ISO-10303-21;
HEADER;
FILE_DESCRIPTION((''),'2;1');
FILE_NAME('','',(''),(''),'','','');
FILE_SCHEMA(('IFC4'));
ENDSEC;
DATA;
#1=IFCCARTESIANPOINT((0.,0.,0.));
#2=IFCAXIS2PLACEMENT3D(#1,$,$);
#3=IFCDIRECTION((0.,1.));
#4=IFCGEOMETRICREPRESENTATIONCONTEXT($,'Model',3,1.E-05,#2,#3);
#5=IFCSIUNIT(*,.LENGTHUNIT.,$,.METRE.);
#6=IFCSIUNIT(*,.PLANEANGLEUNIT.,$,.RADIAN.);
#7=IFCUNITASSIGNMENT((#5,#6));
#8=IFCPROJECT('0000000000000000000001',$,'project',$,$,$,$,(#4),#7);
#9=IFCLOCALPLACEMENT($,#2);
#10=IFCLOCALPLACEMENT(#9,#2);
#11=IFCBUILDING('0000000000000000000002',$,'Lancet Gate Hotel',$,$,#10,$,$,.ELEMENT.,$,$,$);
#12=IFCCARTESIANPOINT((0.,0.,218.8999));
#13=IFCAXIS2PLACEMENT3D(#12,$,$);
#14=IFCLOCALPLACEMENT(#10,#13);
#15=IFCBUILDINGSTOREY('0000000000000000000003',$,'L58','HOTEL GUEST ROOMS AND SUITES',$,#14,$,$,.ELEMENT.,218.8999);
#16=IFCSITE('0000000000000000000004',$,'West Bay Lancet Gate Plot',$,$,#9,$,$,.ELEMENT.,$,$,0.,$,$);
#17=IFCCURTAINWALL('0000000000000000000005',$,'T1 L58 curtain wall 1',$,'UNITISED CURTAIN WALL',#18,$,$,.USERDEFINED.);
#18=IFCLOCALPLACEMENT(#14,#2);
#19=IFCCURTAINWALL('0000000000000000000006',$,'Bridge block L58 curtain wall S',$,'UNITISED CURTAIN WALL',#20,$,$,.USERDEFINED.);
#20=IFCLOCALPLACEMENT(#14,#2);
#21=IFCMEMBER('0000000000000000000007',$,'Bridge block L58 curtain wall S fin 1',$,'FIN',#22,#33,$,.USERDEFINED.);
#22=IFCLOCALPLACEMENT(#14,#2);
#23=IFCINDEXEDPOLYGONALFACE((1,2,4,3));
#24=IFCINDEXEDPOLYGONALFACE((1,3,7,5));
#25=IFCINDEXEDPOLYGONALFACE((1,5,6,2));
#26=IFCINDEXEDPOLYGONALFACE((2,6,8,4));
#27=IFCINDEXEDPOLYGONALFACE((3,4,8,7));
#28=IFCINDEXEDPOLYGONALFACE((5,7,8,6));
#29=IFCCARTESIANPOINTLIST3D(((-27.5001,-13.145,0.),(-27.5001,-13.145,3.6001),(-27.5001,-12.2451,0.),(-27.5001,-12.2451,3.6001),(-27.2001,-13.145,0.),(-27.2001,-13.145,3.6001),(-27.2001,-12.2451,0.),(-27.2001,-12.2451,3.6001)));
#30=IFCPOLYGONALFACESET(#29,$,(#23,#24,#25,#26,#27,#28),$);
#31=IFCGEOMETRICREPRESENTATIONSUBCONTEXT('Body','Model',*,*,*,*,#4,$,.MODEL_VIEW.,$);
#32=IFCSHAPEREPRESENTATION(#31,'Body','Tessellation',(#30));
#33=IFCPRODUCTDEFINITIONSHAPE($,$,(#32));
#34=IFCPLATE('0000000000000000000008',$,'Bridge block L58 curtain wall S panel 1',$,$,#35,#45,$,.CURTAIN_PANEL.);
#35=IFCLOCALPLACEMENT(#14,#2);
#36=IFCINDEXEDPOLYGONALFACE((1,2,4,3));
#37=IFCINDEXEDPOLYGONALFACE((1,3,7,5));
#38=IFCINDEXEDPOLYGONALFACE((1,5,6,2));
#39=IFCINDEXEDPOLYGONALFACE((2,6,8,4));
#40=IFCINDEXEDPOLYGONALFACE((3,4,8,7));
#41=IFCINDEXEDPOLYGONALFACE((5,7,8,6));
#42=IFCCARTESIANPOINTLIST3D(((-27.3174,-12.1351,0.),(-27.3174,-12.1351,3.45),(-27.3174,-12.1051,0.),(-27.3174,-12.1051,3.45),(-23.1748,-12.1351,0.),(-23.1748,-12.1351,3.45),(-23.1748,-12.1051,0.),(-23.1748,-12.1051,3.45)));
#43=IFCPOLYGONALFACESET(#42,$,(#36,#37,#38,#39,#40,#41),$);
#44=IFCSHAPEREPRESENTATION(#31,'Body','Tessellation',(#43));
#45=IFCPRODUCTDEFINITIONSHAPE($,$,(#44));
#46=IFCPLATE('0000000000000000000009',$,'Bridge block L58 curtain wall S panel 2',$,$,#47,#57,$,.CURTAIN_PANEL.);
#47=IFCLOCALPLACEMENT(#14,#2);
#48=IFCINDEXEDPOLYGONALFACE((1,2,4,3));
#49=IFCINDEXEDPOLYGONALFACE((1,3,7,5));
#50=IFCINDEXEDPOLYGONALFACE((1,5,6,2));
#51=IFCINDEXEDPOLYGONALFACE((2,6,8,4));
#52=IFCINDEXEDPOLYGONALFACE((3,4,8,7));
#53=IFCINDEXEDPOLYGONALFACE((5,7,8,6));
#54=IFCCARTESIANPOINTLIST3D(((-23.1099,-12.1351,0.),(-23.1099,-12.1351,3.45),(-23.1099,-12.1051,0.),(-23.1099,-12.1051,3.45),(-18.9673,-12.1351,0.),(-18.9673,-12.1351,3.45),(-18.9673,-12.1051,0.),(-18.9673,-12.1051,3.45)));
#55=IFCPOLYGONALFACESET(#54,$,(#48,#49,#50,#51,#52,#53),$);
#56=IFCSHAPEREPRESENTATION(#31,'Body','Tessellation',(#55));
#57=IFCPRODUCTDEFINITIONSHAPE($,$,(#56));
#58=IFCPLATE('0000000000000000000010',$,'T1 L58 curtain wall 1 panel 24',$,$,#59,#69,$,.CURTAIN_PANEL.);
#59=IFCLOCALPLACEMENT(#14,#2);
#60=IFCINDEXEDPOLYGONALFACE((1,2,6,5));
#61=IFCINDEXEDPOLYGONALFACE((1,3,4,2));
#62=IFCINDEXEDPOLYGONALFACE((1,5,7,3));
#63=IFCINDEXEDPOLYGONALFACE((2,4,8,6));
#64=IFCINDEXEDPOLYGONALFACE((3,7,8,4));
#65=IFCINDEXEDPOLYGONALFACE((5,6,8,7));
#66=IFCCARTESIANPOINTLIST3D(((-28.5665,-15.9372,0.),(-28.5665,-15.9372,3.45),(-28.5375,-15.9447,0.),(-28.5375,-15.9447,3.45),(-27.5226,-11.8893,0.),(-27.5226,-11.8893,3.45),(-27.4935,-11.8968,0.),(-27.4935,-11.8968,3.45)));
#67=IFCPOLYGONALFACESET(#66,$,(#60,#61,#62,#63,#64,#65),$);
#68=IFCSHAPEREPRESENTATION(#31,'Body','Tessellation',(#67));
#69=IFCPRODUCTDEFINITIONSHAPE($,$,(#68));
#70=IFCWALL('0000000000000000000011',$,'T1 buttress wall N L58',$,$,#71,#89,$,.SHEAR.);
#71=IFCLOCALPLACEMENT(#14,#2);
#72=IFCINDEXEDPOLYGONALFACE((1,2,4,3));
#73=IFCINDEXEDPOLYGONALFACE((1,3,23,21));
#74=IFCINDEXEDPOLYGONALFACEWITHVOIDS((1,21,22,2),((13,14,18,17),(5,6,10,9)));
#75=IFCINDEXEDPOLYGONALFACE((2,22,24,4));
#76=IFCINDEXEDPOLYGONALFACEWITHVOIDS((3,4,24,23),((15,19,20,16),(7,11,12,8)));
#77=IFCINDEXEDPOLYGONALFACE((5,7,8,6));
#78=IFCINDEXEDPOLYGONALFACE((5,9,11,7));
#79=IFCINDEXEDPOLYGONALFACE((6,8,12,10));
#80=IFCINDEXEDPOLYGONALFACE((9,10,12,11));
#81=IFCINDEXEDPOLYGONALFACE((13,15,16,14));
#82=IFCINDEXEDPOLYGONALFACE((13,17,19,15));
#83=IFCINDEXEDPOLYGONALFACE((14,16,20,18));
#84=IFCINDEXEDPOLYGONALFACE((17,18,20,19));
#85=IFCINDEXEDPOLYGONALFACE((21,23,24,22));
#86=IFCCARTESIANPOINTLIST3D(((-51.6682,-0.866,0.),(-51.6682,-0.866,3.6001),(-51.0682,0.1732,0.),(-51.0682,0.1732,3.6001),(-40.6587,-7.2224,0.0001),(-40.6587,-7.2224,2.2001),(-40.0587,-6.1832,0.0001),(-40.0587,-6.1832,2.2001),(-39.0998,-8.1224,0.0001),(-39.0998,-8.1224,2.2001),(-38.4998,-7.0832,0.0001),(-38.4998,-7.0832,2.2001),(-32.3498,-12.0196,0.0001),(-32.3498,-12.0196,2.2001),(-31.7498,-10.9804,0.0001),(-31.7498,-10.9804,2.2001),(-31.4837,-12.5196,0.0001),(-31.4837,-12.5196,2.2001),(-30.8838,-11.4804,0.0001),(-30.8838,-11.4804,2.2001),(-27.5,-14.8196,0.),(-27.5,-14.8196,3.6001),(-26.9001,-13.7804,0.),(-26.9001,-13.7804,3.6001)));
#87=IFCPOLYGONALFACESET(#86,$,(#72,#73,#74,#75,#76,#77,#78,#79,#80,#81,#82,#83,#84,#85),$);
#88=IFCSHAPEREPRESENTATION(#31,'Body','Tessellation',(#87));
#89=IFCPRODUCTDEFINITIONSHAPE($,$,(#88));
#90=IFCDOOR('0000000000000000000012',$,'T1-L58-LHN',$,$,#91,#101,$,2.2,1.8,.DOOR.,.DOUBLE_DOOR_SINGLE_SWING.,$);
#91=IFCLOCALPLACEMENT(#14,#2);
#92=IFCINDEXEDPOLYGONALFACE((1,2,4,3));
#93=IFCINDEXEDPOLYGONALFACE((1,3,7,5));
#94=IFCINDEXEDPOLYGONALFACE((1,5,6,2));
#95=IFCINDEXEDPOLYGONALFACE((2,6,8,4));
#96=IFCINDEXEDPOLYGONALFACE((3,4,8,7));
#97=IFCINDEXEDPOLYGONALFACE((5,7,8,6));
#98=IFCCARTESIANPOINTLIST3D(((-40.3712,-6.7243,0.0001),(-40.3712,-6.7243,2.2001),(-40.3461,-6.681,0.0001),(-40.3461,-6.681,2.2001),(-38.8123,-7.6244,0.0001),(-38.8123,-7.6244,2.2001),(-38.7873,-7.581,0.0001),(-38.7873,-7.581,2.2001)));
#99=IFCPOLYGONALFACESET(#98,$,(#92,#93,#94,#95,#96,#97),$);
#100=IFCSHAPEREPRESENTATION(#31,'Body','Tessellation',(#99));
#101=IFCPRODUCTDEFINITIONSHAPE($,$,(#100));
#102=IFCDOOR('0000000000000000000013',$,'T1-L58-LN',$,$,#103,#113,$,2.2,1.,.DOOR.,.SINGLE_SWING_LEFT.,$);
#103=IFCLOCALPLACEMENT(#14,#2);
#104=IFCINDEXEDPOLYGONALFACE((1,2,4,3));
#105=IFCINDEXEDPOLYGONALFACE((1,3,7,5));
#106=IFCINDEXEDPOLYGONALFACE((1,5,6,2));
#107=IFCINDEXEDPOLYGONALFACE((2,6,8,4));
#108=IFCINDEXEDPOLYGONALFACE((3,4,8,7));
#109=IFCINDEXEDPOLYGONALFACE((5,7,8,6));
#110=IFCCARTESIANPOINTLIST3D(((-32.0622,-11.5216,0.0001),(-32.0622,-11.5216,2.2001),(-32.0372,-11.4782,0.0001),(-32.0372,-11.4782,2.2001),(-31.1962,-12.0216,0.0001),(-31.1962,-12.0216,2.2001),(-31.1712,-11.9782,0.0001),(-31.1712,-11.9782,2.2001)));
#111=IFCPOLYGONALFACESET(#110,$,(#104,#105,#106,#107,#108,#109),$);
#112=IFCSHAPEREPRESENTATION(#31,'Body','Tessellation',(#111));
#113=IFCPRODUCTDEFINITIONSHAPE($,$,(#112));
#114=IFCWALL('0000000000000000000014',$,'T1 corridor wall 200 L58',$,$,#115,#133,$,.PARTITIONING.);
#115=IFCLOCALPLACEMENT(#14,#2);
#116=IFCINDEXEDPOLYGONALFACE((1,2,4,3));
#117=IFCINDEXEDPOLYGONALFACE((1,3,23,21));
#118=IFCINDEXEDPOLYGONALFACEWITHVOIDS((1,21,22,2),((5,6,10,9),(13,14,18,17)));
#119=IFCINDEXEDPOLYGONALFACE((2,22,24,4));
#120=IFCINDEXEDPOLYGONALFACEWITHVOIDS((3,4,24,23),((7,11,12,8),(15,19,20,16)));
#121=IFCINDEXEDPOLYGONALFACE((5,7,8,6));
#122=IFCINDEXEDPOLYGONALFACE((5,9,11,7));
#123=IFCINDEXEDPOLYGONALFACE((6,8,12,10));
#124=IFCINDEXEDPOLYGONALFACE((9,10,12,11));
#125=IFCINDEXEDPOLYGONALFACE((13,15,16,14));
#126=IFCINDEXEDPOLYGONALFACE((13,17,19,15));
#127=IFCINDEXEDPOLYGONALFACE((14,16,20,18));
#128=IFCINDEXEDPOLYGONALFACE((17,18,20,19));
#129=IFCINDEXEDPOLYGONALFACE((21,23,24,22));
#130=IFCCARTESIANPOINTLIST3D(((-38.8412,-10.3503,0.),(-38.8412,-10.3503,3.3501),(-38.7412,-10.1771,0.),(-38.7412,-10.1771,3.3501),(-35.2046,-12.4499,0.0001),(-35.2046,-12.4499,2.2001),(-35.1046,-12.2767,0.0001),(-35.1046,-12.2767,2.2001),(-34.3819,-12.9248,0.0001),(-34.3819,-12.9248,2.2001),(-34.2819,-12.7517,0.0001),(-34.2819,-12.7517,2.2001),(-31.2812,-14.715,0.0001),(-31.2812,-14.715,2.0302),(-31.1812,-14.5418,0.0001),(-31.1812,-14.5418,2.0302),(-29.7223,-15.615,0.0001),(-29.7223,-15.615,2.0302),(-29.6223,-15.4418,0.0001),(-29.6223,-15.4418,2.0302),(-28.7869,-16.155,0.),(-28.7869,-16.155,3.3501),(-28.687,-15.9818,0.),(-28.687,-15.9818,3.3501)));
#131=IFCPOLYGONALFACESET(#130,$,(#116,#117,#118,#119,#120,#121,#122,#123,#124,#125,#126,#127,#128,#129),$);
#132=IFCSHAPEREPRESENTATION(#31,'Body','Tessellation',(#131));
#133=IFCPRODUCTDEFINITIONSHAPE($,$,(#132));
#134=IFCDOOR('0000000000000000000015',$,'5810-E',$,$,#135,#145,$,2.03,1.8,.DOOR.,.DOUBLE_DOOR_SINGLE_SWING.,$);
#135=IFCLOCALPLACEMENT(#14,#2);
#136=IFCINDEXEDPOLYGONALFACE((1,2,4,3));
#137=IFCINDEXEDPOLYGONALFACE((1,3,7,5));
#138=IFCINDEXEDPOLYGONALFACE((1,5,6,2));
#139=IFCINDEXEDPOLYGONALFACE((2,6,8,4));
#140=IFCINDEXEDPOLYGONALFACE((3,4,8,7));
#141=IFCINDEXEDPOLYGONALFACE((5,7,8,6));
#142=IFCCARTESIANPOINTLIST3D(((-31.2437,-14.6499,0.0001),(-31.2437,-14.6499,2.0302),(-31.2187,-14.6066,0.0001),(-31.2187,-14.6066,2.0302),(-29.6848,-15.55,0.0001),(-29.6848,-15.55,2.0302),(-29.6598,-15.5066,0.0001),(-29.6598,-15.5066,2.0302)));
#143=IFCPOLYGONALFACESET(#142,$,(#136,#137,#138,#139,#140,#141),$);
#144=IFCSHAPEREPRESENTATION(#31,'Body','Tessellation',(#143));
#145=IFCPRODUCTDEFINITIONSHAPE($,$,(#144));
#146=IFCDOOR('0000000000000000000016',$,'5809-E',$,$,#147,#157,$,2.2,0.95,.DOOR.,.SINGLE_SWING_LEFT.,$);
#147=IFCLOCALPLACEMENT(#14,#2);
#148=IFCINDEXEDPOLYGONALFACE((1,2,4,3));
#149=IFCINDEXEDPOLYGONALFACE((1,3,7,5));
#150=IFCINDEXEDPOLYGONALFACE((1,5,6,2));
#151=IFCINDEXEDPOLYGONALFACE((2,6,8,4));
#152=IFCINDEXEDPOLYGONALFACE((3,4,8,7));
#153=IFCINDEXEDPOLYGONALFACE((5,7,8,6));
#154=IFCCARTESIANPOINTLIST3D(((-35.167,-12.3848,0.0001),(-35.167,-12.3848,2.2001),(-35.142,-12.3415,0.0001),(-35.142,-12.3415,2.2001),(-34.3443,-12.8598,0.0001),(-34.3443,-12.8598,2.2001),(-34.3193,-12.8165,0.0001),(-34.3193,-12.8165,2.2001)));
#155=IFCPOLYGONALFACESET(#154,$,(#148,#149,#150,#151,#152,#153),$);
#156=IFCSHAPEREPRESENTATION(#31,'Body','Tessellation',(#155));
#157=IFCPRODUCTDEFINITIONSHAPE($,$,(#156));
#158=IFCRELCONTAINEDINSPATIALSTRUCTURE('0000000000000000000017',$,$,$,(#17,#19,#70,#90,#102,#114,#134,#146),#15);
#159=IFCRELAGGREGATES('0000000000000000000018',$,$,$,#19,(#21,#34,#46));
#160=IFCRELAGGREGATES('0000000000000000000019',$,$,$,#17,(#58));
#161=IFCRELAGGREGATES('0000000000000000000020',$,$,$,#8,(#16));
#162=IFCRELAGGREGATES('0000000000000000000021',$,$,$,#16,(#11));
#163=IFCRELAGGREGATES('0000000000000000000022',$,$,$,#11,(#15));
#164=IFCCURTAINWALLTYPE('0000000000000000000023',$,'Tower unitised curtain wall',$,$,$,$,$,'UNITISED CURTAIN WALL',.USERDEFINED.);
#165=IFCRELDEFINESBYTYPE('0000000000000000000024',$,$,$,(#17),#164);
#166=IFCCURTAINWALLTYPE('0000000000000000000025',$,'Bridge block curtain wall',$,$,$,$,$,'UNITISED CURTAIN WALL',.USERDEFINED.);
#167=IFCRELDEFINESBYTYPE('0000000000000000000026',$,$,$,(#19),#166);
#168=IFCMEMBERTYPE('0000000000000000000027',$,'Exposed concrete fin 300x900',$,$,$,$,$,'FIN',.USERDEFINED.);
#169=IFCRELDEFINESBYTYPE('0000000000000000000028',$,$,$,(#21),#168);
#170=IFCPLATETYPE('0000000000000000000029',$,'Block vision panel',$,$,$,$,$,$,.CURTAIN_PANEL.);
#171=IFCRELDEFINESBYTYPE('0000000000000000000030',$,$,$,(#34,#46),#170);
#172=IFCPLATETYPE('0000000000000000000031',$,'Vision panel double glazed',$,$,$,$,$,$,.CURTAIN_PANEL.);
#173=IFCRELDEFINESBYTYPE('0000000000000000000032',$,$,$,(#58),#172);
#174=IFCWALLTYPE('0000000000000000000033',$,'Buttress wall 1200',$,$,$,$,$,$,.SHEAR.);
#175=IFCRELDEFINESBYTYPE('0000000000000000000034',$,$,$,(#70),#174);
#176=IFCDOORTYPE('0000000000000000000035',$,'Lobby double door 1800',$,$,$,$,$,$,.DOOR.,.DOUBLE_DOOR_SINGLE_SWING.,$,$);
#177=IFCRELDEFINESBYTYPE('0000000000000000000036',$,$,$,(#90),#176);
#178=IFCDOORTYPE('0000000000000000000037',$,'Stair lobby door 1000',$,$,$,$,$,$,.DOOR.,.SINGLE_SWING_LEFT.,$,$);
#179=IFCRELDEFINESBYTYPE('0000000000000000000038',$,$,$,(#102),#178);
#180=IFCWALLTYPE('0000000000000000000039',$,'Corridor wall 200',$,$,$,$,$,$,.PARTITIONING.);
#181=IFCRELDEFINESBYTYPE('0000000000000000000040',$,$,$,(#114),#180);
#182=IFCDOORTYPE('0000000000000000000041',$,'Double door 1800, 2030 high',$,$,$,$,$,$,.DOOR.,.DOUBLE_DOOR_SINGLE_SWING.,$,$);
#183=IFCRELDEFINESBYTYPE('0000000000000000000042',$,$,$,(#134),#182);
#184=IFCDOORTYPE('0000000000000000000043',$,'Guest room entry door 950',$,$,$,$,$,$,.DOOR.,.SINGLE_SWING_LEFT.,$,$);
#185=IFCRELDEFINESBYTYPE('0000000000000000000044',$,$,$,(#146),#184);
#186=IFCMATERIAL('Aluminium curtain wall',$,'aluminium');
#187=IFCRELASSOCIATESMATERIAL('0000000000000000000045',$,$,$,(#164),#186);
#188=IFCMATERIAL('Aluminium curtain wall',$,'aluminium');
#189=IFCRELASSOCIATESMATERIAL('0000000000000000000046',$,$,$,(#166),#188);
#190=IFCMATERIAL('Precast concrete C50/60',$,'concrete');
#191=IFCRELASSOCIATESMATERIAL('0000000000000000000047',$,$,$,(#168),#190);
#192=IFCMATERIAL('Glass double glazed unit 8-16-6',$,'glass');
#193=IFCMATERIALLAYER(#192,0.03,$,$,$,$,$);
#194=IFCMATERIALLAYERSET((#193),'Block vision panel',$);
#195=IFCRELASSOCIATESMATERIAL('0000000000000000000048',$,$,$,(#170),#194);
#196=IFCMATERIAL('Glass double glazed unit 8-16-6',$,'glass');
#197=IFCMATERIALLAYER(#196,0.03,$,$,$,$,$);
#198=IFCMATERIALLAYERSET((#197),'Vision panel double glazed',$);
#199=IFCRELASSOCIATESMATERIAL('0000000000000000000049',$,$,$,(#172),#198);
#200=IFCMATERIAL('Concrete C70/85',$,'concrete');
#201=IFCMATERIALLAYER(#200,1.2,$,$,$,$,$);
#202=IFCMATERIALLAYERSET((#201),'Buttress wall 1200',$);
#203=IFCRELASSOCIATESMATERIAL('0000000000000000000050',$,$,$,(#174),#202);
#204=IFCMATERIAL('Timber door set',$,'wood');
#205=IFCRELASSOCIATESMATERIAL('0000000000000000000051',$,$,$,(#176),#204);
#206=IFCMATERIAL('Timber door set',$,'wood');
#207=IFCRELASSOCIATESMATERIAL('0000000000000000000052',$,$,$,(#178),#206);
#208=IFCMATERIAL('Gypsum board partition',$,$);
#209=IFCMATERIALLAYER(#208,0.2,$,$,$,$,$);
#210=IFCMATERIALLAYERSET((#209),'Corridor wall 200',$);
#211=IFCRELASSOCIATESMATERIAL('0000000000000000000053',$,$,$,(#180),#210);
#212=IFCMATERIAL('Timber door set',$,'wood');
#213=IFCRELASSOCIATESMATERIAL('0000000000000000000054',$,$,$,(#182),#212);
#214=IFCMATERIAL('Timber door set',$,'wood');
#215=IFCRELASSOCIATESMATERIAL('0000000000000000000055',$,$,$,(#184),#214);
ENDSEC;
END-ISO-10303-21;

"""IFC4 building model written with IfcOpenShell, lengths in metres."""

from ifc_helpers import new_model, si_unit, direction, frame, frame_2d, origin, origin_2d, place, context, subcontext, project, spatial, rectangle, extrude, material, layer, layer_set, material_profile, profile_set, type_object, element, fill, aggregate, save


model = new_model("IFC4")

# Units and contexts
model_context = context("Model", 3, precision=1e-05, world=origin(), true_north=direction((0.0, 1.0)))
body_context = subcontext(model_context, "Body", "Model", "MODEL_VIEW")
ifc_project = project(units=[si_unit("LENGTHUNIT", "METRE"), si_unit("PLANEANGLEUNIT", "RADIAN")], contexts=[model_context])

# Site, building, storey
site_placement = place(None, origin())
site = spatial("IfcSite", under=ifc_project, at=site_placement, Name="West Bay Lancet Gate Plot", CompositionType="ELEMENT", RefElevation=0.0)
building_placement = place(site_placement, origin())
building = spatial("IfcBuilding", under=site, at=building_placement, Name="Lancet Gate Hotel", CompositionType="ELEMENT")
storey_placement = place(building_placement, frame((0.0, 0.0, 218.8999)))
storey = spatial("IfcBuildingStorey", under=building, at=storey_placement, Name="L58", Description="HOTEL GUEST ROOMS AND SUITES", CompositionType="ELEMENT", Elevation=218.8999)

# Curtain walls
ifc_material_1 = material(Name="Aluminium curtain wall", Category="aluminium")
curtain_wall_type_1 = type_object("IfcCurtainWallType", Name="Tower unitised curtain wall", ElementType="UNITISED CURTAIN WALL", PredefinedType="USERDEFINED", material=ifc_material_1)
curtain_wall_1_placement = place(storey_placement, origin())
curtain_wall_1 = element("IfcCurtainWall", 1, at=curtain_wall_1_placement, inside=storey, type_object=curtain_wall_type_1, Name="T1 L58 curtain wall 1", ObjectType="UNITISED CURTAIN WALL", PredefinedType="USERDEFINED")
ifc_material_2 = material(Name="Aluminium curtain wall", Category="aluminium")
curtain_wall_type_2 = type_object("IfcCurtainWallType", Name="Bridge block curtain wall", ElementType="UNITISED CURTAIN WALL", PredefinedType="USERDEFINED", material=ifc_material_2)
curtain_wall_2_placement = place(storey_placement, origin())
curtain_wall_2 = element("IfcCurtainWall", 2, at=curtain_wall_2_placement, inside=storey, type_object=curtain_wall_type_2, Name="Bridge block L58 curtain wall S", ObjectType="UNITISED CURTAIN WALL", PredefinedType="USERDEFINED")

# Member
ifc_material_3 = material(Name="Precast concrete C50/60", Category="concrete")
ifc_material_profile_1 = material_profile(ifc_material_3, rectangle(XDim=0.3, YDim=0.8999, at=origin_2d()), Name="FIN 300x900")
ifc_profile_set_1 = profile_set([ifc_material_profile_1], Name="Precast concrete C50/60")
member_type_1 = type_object("IfcMemberType", Name="Exposed concrete fin 300x900", ElementType="FIN", PredefinedType="USERDEFINED", material=ifc_profile_set_1)
member_1_placement = place(storey_placement, frame((-27.3501, -12.6951, 0.0), z_axis=(0.0, 0.0, 1.0), x_axis=(1.0, 0.0, 0.0)))
member_1 = element("IfcMember", 3, at=member_1_placement, type_object=member_type_1, Name="Bridge block L58 curtain wall S fin 1", ObjectType="FIN", PredefinedType="USERDEFINED", context=body_context, shape_type="SweptSolid", body=[
    extrude(rectangle(XDim=0.3, YDim=0.8999, at=origin_2d()), origin(), (0.0, 0.0, 1.0), 3.6001),
])

# Plates
ifc_material_4 = material(Name="Glass double glazed unit 8-16-6", Category="glass")
ifc_layer_1 = layer(ifc_material_4, 0.03)
ifc_layer_set_1 = layer_set([ifc_layer_1], Name="Block vision panel")
plate_type_1 = type_object("IfcPlateType", Name="Block vision panel", PredefinedType="CURTAIN_PANEL", material=ifc_layer_set_1)
plate_1_placement = place(storey_placement, frame((-25.2461, -12.1201, 0.0), z_axis=(0.0, 0.0, 1.0), x_axis=(1.0, 0.0, 0.0)))
plate_1 = element("IfcPlate", 4, at=plate_1_placement, type_object=plate_type_1, Name="Bridge block L58 curtain wall S panel 1", PredefinedType="CURTAIN_PANEL", context=body_context, shape_type="SweptSolid", body=[
    extrude(rectangle(XDim=4.1426, YDim=0.03, at=origin_2d()), origin(), (0.0, 0.0, 1.0), 3.45),
])
plate_2_placement = place(storey_placement, frame((-21.0386, -12.1201, 0.0), z_axis=(0.0, 0.0, 1.0), x_axis=(1.0, 0.0, 0.0)))
plate_2 = element("IfcPlate", 5, at=plate_2_placement, type_object=plate_type_1, Name="Bridge block L58 curtain wall S panel 2", PredefinedType="CURTAIN_PANEL", context=body_context, shape_type="SweptSolid", body=[
    extrude(rectangle(XDim=4.1426, YDim=0.03, at=origin_2d()), origin(), (0.0, 0.0, 1.0), 3.45),
])
aggregate(curtain_wall_2, [member_1, plate_1, plate_2])
ifc_material_5 = material(Name="Glass double glazed unit 8-16-6", Category="glass")
ifc_layer_2 = layer(ifc_material_5, 0.03)
ifc_layer_set_2 = layer_set([ifc_layer_2], Name="Vision panel double glazed")
plate_type_2 = type_object("IfcPlateType", Name="Vision panel double glazed", PredefinedType="CURTAIN_PANEL", material=ifc_layer_set_2)
plate_3_placement = place(storey_placement, frame((-28.03, -13.917, 0.0), z_axis=(0.0, 0.0, 1.0), x_axis=(0.249726, 0.968317, 0.0)))
plate_3 = element("IfcPlate", 6, at=plate_3_placement, type_object=plate_type_2, Name="T1 L58 curtain wall 1 panel 24", PredefinedType="CURTAIN_PANEL", context=body_context, shape_type="SweptSolid", body=[
    extrude(rectangle(XDim=4.1804, YDim=0.03, at=origin_2d()), origin(), (0.0, 0.0, 1.0), 3.45),
])
aggregate(curtain_wall_1, [plate_3])

# Walls, openings, doors
ifc_material_6 = material(Name="Concrete C70/85", Category="concrete")
ifc_layer_3 = layer(ifc_material_6, 1.2)
ifc_layer_set_3 = layer_set([ifc_layer_3], Name="Buttress wall 1200")
wall_type_1 = type_object("IfcWallType", Name="Buttress wall 1200", PredefinedType="SHEAR", material=ifc_layer_set_3)
wall_1_placement = place(storey_placement, frame((-27.2, -14.3, 0.0), z_axis=(0.0, 0.0, 1.0), x_axis=(-0.866024, 0.500002, 0.0)))
wall_1 = element("IfcWall", 7, at=wall_1_placement, inside=storey, type_object=wall_type_1, Name="T1 buttress wall N L58", PredefinedType="SHEAR", context=body_context, shape_type="SweptSolid", body=[
    extrude(rectangle(XDim=27.907, YDim=1.2, at=frame_2d((13.9536, 0.0))), origin(), (0.0, 0.0, 1.0), 3.6001),
])
opening_1_placement = place(wall_1_placement, frame((4.6001, 0.0, 0.0)))
opening_1 = element("IfcOpeningElement", 8, at=opening_1_placement, cuts=wall_1, PredefinedType="OPENING", context=body_context, shape_type="SweptSolid", body=[
    extrude(rectangle(XDim=1.0, YDim=2.2, at=frame_2d((0.5, 1.1001))), frame((0.0, 0.6099, 0.0), z_axis=(0.0, -1.0, 0.0), x_axis=(1.0, 0.0, 0.0)), (0.0, 0.0, 1.0), 1.22),
])
opening_2_placement = place(wall_1_placement, frame((13.3945, 0.0, 0.0)))
opening_2 = element("IfcOpeningElement", 9, at=opening_2_placement, cuts=wall_1, PredefinedType="OPENING", context=body_context, shape_type="SweptSolid", body=[
    extrude(rectangle(XDim=1.8, YDim=2.2, at=frame_2d((0.8999, 1.1001))), frame((0.0, 0.6099, 0.0), z_axis=(0.0, -1.0, 0.0), x_axis=(1.0, 0.0, 0.0)), (0.0, 0.0, 1.0), 1.22),
])
ifc_material_7 = material(Name="Timber door set", Category="wood")
door_type_1 = type_object("IfcDoorType", Name="Lobby double door 1800", OperationType="DOUBLE_DOOR_SINGLE_SWING", PredefinedType="DOOR", material=ifc_material_7)
door_1_placement = place(opening_2_placement, origin())
door_1 = element("IfcDoor", 10, at=door_1_placement, inside=storey, type_object=door_type_1, Name="T1-L58-LHN", OperationType="DOUBLE_DOOR_SINGLE_SWING", OverallHeight=2.2, OverallWidth=1.8, PredefinedType="DOOR", context=body_context, shape_type="SweptSolid", body=[
    extrude(rectangle(XDim=1.8, YDim=2.2, at=frame_2d((0.8999, 1.1001))), frame((0.0, 0.0249, 0.0), z_axis=(0.0, -1.0, 0.0), x_axis=(1.0, 0.0, 0.0)), (0.0, 0.0, 1.0), 0.05),
])
fill(opening_2, door_1)
ifc_material_8 = material(Name="Timber door set", Category="wood")
door_type_2 = type_object("IfcDoorType", Name="Stair lobby door 1000", OperationType="SINGLE_SWING_LEFT", PredefinedType="DOOR", material=ifc_material_8)
door_2_placement = place(opening_1_placement, origin())
door_2 = element("IfcDoor", 11, at=door_2_placement, inside=storey, type_object=door_type_2, Name="T1-L58-LN", OperationType="SINGLE_SWING_LEFT", OverallHeight=2.2, OverallWidth=1.0, PredefinedType="DOOR", context=body_context, shape_type="SweptSolid", body=[
    extrude(rectangle(XDim=1.0, YDim=2.2, at=frame_2d((0.5, 1.1001))), frame((0.0, 0.0249, 0.0), z_axis=(0.0, -1.0, 0.0), x_axis=(1.0, 0.0, 0.0)), (0.0, 0.0, 1.0), 0.05),
])
fill(opening_1, door_2)
ifc_material_9 = material(Name="Gypsum board partition")
ifc_layer_4 = layer(ifc_material_9, 0.2)
ifc_layer_set_4 = layer_set([ifc_layer_4], Name="Corridor wall 200")
wall_type_2 = type_object("IfcWallType", Name="Corridor wall 200", PredefinedType="PARTITIONING", material=ifc_layer_set_4)
wall_2_placement = place(storey_placement, frame((-28.7371, -16.0684, 0.0), z_axis=(0.0, 0.0, 1.0), x_axis=(-0.866029, 0.499993, 0.0)))
wall_2 = element("IfcWall", 12, at=wall_2_placement, inside=storey, type_object=wall_type_2, Name="T1 corridor wall 200 L58", PredefinedType="PARTITIONING", context=body_context, shape_type="SweptSolid", body=[
    extrude(rectangle(XDim=11.6096, YDim=0.2, at=frame_2d((5.8047, 0.0))), origin(), (0.0, 0.0, 1.0), 3.3501),
])
opening_3_placement = place(wall_2_placement, frame((1.0801, 0.0, 0.0)))
opening_3 = element("IfcOpeningElement", 13, at=opening_3_placement, cuts=wall_2, PredefinedType="OPENING", context=body_context, shape_type="SweptSolid", body=[
    extrude(rectangle(XDim=1.8, YDim=2.03, at=frame_2d((0.8999, 1.0151))), frame((0.0, 0.1099, 0.0), z_axis=(0.0, -1.0, 0.0), x_axis=(1.0, 0.0, 0.0)), (0.0, 0.0, 1.0), 0.22),
])
opening_4_placement = place(wall_2_placement, frame((6.4602, 0.0, 0.0)))
opening_4 = element("IfcOpeningElement", 14, at=opening_4_placement, cuts=wall_2, PredefinedType="OPENING", context=body_context, shape_type="SweptSolid", body=[
    extrude(rectangle(XDim=0.95, YDim=2.2, at=frame_2d((0.4751, 1.1001))), frame((0.0, 0.1099, 0.0), z_axis=(0.0, -1.0, 0.0), x_axis=(1.0, 0.0, 0.0)), (0.0, 0.0, 1.0), 0.22),
])
ifc_material_10 = material(Name="Timber door set", Category="wood")
door_type_3 = type_object("IfcDoorType", Name="Double door 1800, 2030 high", OperationType="DOUBLE_DOOR_SINGLE_SWING", PredefinedType="DOOR", material=ifc_material_10)
door_3_placement = place(opening_3_placement, origin())
door_3 = element("IfcDoor", 15, at=door_3_placement, inside=storey, type_object=door_type_3, Name="5810-E", OperationType="DOUBLE_DOOR_SINGLE_SWING", OverallHeight=2.03, OverallWidth=1.8, PredefinedType="DOOR", context=body_context, shape_type="SweptSolid", body=[
    extrude(rectangle(XDim=1.8, YDim=2.03, at=frame_2d((0.8999, 1.0151))), frame((0.0, 0.0249, 0.0), z_axis=(0.0, -1.0, 0.0), x_axis=(1.0, 0.0, 0.0)), (0.0, 0.0, 1.0), 0.05),
])
fill(opening_3, door_3)
ifc_material_11 = material(Name="Timber door set", Category="wood")
door_type_4 = type_object("IfcDoorType", Name="Guest room entry door 950", OperationType="SINGLE_SWING_LEFT", PredefinedType="DOOR", material=ifc_material_11)
door_4_placement = place(opening_4_placement, origin())
door_4 = element("IfcDoor", 16, at=door_4_placement, inside=storey, type_object=door_type_4, Name="5809-E", OperationType="SINGLE_SWING_LEFT", OverallHeight=2.2, OverallWidth=0.95, PredefinedType="DOOR", context=body_context, shape_type="SweptSolid", body=[
    extrude(rectangle(XDim=0.95, YDim=2.2, at=frame_2d((0.4751, 1.1001))), frame((0.0, 0.0249, 0.0), z_axis=(0.0, -1.0, 0.0), x_axis=(1.0, 0.0, 0.0)), (0.0, 0.0, 1.0), 0.05),
])
fill(opening_4, door_4)

save(model, "model.ifc")
